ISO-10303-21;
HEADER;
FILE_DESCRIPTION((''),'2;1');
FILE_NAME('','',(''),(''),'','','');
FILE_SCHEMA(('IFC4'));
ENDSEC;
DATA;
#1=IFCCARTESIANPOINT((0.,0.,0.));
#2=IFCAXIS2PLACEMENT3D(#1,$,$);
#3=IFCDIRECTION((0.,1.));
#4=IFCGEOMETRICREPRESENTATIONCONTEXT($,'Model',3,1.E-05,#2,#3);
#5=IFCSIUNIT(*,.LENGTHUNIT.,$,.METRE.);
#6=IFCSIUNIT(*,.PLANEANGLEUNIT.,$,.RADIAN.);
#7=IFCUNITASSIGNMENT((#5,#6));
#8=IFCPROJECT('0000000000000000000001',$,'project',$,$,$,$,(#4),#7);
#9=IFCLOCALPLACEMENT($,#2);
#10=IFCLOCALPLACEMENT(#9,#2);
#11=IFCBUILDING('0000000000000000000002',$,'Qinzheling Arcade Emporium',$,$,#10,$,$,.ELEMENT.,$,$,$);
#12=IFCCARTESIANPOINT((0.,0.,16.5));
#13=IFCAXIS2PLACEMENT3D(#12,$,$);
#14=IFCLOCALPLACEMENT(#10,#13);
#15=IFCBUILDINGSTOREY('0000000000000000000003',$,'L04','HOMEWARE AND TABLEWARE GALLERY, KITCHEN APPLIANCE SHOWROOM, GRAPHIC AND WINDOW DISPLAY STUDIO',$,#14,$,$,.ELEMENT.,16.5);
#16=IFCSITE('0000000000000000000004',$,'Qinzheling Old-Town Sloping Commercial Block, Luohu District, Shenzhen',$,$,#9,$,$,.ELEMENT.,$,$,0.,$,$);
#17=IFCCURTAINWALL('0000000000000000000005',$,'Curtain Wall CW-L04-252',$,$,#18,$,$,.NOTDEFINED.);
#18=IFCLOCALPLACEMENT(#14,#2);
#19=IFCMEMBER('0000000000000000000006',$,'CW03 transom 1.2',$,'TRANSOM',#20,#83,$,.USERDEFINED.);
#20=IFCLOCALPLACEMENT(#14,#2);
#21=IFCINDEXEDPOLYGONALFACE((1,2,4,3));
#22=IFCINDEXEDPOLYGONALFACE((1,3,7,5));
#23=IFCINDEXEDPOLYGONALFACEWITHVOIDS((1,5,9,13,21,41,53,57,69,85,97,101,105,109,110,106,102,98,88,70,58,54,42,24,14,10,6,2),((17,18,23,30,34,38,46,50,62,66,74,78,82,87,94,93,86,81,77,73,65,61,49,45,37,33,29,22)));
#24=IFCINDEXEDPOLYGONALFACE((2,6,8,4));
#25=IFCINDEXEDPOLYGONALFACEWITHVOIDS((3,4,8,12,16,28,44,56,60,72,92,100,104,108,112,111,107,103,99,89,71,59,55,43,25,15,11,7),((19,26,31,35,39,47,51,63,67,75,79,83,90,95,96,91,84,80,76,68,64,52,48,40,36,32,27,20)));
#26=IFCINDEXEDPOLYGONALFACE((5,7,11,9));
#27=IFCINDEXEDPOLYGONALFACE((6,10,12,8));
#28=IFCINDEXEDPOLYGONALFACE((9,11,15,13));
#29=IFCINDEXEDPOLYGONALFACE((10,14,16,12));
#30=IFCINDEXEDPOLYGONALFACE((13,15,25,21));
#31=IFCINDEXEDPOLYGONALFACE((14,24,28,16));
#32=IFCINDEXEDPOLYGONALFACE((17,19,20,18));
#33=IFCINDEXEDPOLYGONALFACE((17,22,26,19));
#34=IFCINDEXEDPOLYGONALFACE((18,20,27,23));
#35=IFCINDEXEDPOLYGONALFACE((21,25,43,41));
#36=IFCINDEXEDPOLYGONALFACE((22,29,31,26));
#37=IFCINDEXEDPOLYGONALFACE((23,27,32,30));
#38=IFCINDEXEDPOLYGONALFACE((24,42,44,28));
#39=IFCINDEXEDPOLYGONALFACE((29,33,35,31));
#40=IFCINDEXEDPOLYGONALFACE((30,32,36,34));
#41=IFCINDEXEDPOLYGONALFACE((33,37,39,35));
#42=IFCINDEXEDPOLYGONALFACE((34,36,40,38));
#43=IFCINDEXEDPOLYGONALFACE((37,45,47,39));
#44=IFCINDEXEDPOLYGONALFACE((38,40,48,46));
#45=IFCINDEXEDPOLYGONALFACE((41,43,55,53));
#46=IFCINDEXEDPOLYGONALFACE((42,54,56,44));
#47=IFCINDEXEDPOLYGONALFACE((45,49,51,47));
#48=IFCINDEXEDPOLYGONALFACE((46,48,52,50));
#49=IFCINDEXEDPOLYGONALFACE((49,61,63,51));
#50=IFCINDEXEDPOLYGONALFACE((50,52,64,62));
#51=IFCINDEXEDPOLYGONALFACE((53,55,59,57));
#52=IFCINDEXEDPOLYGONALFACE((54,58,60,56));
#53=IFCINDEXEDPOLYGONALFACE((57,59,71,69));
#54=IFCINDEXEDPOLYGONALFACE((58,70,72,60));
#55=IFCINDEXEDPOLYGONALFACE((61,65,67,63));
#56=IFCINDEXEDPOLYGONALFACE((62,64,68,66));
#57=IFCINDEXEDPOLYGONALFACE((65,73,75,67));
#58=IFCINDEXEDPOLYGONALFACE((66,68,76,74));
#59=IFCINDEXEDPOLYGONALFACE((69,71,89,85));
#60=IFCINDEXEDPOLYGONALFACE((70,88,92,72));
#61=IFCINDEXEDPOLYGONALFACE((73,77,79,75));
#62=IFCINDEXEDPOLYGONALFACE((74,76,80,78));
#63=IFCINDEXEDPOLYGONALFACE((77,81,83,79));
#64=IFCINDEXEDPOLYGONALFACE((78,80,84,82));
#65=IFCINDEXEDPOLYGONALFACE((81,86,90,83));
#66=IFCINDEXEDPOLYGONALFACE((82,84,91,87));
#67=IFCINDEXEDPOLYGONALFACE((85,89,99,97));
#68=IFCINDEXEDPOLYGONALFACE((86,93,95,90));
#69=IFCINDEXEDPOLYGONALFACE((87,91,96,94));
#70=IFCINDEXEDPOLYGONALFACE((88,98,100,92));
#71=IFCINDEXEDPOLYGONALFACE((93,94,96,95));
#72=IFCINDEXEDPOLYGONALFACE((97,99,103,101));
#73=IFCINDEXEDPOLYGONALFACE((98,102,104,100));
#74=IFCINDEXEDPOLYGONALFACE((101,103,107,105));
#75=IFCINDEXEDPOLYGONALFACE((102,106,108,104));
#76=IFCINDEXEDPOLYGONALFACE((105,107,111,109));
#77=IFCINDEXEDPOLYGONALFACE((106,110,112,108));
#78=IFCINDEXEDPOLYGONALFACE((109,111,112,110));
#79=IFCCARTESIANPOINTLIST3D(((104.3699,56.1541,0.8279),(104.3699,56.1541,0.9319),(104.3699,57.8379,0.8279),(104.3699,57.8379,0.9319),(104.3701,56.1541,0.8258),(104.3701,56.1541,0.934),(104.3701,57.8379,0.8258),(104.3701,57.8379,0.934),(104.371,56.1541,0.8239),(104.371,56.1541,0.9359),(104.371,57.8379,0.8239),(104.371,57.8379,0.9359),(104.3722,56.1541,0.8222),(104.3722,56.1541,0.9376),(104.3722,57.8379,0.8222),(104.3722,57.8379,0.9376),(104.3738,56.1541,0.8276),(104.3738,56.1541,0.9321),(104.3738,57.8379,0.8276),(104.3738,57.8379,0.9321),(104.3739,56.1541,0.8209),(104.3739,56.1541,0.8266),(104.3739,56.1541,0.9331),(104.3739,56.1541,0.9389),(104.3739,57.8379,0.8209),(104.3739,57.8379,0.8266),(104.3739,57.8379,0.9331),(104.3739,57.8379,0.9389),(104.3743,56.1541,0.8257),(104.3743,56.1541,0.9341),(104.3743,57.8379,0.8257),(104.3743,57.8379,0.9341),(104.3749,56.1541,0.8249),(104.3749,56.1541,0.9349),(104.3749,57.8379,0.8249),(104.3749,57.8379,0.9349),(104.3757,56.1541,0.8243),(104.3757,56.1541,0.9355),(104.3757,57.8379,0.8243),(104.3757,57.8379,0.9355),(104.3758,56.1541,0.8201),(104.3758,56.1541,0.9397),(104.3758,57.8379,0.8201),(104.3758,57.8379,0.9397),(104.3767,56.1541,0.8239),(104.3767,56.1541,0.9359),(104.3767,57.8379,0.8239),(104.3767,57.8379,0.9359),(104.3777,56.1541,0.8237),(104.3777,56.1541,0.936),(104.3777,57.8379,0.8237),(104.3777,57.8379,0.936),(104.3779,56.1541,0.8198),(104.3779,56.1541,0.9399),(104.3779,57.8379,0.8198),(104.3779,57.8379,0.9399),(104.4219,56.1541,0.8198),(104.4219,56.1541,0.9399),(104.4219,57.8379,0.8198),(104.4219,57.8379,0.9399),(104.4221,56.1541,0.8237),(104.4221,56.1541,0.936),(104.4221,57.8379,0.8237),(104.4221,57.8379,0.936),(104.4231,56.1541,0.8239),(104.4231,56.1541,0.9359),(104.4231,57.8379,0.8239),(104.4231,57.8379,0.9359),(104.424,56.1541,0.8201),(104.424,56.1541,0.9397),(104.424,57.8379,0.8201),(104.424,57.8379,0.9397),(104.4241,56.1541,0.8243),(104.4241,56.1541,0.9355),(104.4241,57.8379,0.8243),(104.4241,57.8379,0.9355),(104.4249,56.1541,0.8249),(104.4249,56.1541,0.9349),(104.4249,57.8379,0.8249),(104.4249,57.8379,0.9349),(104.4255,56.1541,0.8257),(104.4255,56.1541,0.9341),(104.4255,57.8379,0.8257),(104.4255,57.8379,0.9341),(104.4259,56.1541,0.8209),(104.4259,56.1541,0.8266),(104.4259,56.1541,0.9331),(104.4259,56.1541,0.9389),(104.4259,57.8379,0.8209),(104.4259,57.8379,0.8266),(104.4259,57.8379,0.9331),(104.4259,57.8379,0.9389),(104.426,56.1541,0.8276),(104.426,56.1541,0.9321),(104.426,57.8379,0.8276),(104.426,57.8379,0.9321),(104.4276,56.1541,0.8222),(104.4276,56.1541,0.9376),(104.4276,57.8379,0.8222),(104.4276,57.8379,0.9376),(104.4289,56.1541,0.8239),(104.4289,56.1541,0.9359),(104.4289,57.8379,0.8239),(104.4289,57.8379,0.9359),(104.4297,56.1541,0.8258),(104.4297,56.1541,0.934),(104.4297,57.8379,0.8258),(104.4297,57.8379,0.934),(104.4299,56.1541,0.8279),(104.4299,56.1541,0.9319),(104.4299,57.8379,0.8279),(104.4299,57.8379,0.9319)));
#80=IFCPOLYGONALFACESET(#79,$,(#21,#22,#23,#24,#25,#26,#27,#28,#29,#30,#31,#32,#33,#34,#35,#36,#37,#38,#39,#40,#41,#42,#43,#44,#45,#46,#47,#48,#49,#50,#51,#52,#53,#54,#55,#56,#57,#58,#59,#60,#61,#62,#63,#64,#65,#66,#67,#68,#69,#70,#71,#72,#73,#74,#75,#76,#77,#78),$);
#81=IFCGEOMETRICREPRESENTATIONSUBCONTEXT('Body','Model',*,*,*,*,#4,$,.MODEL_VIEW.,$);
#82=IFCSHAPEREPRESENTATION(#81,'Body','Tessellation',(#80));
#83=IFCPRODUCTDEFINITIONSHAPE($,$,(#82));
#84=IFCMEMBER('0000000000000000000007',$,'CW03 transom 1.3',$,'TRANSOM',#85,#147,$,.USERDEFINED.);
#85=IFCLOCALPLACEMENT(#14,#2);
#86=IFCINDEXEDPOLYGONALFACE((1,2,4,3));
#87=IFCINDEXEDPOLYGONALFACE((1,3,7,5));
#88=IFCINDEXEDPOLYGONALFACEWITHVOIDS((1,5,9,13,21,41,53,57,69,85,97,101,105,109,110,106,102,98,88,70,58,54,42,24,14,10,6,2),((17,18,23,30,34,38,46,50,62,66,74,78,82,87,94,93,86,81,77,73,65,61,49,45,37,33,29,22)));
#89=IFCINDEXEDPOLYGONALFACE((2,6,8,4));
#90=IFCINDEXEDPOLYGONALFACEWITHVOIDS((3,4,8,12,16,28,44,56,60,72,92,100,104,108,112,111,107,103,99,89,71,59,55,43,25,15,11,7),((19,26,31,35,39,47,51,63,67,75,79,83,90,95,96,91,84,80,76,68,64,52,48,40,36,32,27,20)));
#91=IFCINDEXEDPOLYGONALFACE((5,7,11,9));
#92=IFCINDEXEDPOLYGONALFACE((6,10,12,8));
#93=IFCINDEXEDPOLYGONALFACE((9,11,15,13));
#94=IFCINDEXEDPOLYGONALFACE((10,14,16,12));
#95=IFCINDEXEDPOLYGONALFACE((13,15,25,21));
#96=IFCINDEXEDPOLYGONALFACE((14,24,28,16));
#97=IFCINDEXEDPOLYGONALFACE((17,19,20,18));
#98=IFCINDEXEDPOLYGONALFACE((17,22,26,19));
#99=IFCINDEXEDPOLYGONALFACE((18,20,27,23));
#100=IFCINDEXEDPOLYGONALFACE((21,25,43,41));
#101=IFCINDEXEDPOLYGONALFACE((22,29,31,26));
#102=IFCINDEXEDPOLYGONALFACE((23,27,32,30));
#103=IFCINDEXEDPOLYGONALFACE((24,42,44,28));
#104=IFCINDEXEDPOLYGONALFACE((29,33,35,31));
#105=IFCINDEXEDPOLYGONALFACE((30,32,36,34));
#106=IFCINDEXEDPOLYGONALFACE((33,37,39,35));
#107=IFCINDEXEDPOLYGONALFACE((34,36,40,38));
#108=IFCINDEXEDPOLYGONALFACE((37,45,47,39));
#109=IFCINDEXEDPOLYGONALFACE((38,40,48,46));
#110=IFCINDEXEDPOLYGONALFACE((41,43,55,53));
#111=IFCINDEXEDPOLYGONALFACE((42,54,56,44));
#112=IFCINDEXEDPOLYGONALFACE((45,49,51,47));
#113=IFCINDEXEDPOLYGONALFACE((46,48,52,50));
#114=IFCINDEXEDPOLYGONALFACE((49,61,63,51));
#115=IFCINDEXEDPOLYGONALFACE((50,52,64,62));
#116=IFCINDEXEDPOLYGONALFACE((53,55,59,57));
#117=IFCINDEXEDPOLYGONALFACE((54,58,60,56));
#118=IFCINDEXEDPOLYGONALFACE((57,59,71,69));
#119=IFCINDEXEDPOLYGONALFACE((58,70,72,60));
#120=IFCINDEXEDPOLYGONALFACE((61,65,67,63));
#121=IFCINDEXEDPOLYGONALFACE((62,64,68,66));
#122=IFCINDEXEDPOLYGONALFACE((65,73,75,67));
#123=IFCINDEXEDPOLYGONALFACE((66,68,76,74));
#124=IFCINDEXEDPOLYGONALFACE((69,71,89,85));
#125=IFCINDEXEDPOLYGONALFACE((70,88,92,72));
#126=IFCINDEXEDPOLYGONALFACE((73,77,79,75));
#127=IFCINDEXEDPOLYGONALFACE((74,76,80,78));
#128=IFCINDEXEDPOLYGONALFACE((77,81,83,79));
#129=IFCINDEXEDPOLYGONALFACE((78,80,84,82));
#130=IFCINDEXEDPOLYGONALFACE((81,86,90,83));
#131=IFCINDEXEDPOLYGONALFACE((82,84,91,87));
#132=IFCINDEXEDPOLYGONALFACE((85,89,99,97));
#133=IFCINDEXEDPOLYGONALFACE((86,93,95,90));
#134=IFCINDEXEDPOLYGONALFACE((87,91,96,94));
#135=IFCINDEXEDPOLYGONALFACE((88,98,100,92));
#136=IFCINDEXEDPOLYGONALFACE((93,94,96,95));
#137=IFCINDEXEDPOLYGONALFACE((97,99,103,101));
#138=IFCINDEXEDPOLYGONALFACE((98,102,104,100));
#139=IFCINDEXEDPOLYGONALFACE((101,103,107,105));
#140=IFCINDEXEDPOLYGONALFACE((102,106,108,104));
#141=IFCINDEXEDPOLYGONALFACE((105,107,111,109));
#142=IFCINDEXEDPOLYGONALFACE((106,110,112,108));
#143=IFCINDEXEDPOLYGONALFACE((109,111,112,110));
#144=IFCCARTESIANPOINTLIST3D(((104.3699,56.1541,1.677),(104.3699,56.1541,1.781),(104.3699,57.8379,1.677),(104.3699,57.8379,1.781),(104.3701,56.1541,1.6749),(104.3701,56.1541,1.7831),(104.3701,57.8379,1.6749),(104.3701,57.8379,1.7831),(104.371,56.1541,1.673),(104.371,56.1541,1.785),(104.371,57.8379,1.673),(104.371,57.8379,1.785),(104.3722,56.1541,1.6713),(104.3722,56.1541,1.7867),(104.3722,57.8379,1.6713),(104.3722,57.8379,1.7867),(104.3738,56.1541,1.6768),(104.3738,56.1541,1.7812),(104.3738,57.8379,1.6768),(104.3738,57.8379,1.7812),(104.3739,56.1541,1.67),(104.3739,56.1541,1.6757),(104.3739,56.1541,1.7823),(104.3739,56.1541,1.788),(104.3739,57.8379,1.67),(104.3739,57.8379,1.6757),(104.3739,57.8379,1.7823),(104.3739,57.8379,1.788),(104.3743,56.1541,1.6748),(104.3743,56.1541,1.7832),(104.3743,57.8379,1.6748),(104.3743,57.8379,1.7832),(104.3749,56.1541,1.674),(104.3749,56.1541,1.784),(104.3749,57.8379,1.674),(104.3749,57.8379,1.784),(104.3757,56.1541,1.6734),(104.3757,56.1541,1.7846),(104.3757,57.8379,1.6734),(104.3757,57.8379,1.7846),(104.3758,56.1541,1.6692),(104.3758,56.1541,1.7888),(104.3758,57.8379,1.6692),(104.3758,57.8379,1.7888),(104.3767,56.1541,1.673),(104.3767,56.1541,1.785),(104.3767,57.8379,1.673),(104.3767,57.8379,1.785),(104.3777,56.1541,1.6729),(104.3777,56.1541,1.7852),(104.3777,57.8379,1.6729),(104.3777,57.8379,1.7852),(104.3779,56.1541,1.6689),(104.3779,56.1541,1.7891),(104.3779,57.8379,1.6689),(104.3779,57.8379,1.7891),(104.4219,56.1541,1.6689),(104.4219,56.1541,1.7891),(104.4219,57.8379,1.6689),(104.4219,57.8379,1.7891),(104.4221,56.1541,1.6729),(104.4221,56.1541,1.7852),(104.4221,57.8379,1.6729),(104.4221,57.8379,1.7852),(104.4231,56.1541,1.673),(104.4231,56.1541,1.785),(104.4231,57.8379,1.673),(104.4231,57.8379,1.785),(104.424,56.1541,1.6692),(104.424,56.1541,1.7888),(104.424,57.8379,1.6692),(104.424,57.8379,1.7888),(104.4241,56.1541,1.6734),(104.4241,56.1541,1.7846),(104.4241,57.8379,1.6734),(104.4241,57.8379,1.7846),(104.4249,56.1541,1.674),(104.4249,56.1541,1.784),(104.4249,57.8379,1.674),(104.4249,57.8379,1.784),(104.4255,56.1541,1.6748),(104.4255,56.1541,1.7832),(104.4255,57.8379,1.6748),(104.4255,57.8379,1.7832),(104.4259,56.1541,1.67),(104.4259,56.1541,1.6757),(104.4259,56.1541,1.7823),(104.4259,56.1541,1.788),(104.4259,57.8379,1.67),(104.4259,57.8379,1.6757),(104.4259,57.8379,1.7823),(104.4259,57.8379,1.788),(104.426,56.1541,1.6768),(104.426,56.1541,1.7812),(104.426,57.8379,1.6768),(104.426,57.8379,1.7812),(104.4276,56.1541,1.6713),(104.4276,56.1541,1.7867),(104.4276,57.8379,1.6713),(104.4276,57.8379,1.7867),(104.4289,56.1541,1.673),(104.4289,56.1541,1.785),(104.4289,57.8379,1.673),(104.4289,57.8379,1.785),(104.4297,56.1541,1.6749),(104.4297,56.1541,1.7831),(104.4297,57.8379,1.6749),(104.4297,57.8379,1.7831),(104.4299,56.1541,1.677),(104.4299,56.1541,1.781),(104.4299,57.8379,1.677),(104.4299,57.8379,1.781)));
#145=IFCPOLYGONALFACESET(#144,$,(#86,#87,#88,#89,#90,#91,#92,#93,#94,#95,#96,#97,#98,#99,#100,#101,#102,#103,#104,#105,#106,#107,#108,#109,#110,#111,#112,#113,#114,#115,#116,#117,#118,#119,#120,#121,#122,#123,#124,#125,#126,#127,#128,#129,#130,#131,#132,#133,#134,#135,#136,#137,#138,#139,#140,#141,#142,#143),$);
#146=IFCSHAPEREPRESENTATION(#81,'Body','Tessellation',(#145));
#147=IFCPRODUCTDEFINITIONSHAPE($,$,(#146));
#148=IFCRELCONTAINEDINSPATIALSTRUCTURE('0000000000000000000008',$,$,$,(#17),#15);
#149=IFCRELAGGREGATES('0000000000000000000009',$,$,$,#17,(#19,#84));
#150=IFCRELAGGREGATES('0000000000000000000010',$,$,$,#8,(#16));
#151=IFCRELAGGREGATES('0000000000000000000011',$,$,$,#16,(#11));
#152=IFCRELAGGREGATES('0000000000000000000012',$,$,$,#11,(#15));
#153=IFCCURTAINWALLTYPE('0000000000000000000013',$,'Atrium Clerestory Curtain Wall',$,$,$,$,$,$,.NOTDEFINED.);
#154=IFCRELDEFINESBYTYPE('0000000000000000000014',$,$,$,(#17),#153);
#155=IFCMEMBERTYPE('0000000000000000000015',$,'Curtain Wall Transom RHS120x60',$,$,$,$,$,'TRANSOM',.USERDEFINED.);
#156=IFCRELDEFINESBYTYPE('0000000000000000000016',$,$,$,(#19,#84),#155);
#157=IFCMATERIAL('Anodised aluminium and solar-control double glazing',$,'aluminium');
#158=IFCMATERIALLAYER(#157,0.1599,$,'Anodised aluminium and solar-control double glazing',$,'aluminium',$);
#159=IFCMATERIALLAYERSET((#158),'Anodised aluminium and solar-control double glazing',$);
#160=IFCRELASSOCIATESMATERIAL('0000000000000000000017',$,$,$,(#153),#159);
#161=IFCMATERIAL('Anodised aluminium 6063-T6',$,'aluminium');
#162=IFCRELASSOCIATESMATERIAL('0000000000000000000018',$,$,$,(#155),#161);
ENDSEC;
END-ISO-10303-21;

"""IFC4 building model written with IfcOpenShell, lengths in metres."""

from ifc_helpers import new_model, si_unit, direction, frame, origin, origin_2d, place, context, subcontext, project, spatial, hollow_rectangle, extrude, material, layer, layer_set, material_profile, profile_set, type_object, element, aggregate, save


model = new_model("IFC4")

# Units and contexts
model_context = context("Model", 3, precision=1e-05, world=origin(), true_north=direction((0.0, 1.0)))
body_context = subcontext(model_context, "Body", "Model", "MODEL_VIEW")
ifc_project = project(units=[si_unit("LENGTHUNIT", "METRE"), si_unit("PLANEANGLEUNIT", "RADIAN")], contexts=[model_context])

# Site, building, storey
site_placement = place(None, origin())
site = spatial("IfcSite", under=ifc_project, at=site_placement, Name="Qinzheling Old-Town Sloping Commercial Block, Luohu District, Shenzhen", CompositionType="ELEMENT", RefElevation=0.0)
building_placement = place(site_placement, origin())
building = spatial("IfcBuilding", under=site, at=building_placement, Name="Qinzheling Arcade Emporium", CompositionType="ELEMENT")
storey_placement = place(building_placement, frame((0.0, 0.0, 16.5)))
storey = spatial("IfcBuildingStorey", under=building, at=storey_placement, Name="L04", Description="HOMEWARE AND TABLEWARE GALLERY, KITCHEN APPLIANCE SHOWROOM, GRAPHIC AND WINDOW DISPLAY STUDIO", CompositionType="ELEMENT", Elevation=16.5)

# Curtain wall
ifc_material_1 = material(Name="Anodised aluminium and solar-control double glazing", Category="aluminium")
ifc_layer_1 = layer(ifc_material_1, 0.1599, Name="Anodised aluminium and solar-control double glazing", Category="aluminium")
ifc_layer_set_1 = layer_set([ifc_layer_1], Name="Anodised aluminium and solar-control double glazing")
curtain_wall_type = type_object("IfcCurtainWallType", Name="Atrium Clerestory Curtain Wall", PredefinedType="NOTDEFINED", material=ifc_layer_set_1)
ifc_material_2 = material(Name="Anodised aluminium 6063-T6", Category="aluminium")
curtain_wall_1_placement = place(storey_placement, origin())
curtain_wall_1 = element("IfcCurtainWall", 1, at=curtain_wall_1_placement, inside=storey, type_object=curtain_wall_type, Name="Curtain Wall CW-L04-252", PredefinedType="NOTDEFINED")

# Members
ifc_material_profile_1 = material_profile(ifc_material_2, hollow_rectangle(XDim=0.0601, YDim=0.1201, WallThickness=0.0039, InnerFilletRadius=0.0039, OuterFilletRadius=0.0081, at=origin_2d()), Name="RHS 120x60x4", Category="aluminium")
ifc_profile_set_1 = profile_set([ifc_material_profile_1], Name="Anodised aluminium 6063-T6")
member_type_1 = type_object("IfcMemberType", Name="Curtain Wall Transom RHS120x60", ElementType="TRANSOM", PredefinedType="USERDEFINED", material=ifc_profile_set_1)
member_1_placement = place(storey_placement, frame((104.3999, 57.8379, 0.8799), z_axis=(0.0, -1.0, 0.0), x_axis=(1.0, 0.0, 0.0)))
member_1 = element("IfcMember", 2, at=member_1_placement, type_object=member_type_1, Name="CW03 transom 1.2", ObjectType="TRANSOM", PredefinedType="USERDEFINED", context=body_context, shape_type="SweptSolid", body=[
    extrude(hollow_rectangle(XDim=0.0601, YDim=0.1201, WallThickness=0.0039, InnerFilletRadius=0.0039, OuterFilletRadius=0.0081, at=origin_2d()), origin(), (0.0, 0.0, 1.0), 1.6838),
])
member_2_placement = place(storey_placement, frame((104.3999, 57.8379, 1.729), z_axis=(0.0, -1.0, 0.0), x_axis=(1.0, 0.0, 0.0)))
member_2 = element("IfcMember", 3, at=member_2_placement, type_object=member_type_1, Name="CW03 transom 1.3", ObjectType="TRANSOM", PredefinedType="USERDEFINED", context=body_context, shape_type="SweptSolid", body=[
    extrude(hollow_rectangle(XDim=0.0601, YDim=0.1201, WallThickness=0.0039, InnerFilletRadius=0.0039, OuterFilletRadius=0.0081, at=origin_2d()), origin(), (0.0, 0.0, 1.0), 1.6838),
])

aggregate(curtain_wall_1, [member_1, member_2])

save(model, "model.ifc")
